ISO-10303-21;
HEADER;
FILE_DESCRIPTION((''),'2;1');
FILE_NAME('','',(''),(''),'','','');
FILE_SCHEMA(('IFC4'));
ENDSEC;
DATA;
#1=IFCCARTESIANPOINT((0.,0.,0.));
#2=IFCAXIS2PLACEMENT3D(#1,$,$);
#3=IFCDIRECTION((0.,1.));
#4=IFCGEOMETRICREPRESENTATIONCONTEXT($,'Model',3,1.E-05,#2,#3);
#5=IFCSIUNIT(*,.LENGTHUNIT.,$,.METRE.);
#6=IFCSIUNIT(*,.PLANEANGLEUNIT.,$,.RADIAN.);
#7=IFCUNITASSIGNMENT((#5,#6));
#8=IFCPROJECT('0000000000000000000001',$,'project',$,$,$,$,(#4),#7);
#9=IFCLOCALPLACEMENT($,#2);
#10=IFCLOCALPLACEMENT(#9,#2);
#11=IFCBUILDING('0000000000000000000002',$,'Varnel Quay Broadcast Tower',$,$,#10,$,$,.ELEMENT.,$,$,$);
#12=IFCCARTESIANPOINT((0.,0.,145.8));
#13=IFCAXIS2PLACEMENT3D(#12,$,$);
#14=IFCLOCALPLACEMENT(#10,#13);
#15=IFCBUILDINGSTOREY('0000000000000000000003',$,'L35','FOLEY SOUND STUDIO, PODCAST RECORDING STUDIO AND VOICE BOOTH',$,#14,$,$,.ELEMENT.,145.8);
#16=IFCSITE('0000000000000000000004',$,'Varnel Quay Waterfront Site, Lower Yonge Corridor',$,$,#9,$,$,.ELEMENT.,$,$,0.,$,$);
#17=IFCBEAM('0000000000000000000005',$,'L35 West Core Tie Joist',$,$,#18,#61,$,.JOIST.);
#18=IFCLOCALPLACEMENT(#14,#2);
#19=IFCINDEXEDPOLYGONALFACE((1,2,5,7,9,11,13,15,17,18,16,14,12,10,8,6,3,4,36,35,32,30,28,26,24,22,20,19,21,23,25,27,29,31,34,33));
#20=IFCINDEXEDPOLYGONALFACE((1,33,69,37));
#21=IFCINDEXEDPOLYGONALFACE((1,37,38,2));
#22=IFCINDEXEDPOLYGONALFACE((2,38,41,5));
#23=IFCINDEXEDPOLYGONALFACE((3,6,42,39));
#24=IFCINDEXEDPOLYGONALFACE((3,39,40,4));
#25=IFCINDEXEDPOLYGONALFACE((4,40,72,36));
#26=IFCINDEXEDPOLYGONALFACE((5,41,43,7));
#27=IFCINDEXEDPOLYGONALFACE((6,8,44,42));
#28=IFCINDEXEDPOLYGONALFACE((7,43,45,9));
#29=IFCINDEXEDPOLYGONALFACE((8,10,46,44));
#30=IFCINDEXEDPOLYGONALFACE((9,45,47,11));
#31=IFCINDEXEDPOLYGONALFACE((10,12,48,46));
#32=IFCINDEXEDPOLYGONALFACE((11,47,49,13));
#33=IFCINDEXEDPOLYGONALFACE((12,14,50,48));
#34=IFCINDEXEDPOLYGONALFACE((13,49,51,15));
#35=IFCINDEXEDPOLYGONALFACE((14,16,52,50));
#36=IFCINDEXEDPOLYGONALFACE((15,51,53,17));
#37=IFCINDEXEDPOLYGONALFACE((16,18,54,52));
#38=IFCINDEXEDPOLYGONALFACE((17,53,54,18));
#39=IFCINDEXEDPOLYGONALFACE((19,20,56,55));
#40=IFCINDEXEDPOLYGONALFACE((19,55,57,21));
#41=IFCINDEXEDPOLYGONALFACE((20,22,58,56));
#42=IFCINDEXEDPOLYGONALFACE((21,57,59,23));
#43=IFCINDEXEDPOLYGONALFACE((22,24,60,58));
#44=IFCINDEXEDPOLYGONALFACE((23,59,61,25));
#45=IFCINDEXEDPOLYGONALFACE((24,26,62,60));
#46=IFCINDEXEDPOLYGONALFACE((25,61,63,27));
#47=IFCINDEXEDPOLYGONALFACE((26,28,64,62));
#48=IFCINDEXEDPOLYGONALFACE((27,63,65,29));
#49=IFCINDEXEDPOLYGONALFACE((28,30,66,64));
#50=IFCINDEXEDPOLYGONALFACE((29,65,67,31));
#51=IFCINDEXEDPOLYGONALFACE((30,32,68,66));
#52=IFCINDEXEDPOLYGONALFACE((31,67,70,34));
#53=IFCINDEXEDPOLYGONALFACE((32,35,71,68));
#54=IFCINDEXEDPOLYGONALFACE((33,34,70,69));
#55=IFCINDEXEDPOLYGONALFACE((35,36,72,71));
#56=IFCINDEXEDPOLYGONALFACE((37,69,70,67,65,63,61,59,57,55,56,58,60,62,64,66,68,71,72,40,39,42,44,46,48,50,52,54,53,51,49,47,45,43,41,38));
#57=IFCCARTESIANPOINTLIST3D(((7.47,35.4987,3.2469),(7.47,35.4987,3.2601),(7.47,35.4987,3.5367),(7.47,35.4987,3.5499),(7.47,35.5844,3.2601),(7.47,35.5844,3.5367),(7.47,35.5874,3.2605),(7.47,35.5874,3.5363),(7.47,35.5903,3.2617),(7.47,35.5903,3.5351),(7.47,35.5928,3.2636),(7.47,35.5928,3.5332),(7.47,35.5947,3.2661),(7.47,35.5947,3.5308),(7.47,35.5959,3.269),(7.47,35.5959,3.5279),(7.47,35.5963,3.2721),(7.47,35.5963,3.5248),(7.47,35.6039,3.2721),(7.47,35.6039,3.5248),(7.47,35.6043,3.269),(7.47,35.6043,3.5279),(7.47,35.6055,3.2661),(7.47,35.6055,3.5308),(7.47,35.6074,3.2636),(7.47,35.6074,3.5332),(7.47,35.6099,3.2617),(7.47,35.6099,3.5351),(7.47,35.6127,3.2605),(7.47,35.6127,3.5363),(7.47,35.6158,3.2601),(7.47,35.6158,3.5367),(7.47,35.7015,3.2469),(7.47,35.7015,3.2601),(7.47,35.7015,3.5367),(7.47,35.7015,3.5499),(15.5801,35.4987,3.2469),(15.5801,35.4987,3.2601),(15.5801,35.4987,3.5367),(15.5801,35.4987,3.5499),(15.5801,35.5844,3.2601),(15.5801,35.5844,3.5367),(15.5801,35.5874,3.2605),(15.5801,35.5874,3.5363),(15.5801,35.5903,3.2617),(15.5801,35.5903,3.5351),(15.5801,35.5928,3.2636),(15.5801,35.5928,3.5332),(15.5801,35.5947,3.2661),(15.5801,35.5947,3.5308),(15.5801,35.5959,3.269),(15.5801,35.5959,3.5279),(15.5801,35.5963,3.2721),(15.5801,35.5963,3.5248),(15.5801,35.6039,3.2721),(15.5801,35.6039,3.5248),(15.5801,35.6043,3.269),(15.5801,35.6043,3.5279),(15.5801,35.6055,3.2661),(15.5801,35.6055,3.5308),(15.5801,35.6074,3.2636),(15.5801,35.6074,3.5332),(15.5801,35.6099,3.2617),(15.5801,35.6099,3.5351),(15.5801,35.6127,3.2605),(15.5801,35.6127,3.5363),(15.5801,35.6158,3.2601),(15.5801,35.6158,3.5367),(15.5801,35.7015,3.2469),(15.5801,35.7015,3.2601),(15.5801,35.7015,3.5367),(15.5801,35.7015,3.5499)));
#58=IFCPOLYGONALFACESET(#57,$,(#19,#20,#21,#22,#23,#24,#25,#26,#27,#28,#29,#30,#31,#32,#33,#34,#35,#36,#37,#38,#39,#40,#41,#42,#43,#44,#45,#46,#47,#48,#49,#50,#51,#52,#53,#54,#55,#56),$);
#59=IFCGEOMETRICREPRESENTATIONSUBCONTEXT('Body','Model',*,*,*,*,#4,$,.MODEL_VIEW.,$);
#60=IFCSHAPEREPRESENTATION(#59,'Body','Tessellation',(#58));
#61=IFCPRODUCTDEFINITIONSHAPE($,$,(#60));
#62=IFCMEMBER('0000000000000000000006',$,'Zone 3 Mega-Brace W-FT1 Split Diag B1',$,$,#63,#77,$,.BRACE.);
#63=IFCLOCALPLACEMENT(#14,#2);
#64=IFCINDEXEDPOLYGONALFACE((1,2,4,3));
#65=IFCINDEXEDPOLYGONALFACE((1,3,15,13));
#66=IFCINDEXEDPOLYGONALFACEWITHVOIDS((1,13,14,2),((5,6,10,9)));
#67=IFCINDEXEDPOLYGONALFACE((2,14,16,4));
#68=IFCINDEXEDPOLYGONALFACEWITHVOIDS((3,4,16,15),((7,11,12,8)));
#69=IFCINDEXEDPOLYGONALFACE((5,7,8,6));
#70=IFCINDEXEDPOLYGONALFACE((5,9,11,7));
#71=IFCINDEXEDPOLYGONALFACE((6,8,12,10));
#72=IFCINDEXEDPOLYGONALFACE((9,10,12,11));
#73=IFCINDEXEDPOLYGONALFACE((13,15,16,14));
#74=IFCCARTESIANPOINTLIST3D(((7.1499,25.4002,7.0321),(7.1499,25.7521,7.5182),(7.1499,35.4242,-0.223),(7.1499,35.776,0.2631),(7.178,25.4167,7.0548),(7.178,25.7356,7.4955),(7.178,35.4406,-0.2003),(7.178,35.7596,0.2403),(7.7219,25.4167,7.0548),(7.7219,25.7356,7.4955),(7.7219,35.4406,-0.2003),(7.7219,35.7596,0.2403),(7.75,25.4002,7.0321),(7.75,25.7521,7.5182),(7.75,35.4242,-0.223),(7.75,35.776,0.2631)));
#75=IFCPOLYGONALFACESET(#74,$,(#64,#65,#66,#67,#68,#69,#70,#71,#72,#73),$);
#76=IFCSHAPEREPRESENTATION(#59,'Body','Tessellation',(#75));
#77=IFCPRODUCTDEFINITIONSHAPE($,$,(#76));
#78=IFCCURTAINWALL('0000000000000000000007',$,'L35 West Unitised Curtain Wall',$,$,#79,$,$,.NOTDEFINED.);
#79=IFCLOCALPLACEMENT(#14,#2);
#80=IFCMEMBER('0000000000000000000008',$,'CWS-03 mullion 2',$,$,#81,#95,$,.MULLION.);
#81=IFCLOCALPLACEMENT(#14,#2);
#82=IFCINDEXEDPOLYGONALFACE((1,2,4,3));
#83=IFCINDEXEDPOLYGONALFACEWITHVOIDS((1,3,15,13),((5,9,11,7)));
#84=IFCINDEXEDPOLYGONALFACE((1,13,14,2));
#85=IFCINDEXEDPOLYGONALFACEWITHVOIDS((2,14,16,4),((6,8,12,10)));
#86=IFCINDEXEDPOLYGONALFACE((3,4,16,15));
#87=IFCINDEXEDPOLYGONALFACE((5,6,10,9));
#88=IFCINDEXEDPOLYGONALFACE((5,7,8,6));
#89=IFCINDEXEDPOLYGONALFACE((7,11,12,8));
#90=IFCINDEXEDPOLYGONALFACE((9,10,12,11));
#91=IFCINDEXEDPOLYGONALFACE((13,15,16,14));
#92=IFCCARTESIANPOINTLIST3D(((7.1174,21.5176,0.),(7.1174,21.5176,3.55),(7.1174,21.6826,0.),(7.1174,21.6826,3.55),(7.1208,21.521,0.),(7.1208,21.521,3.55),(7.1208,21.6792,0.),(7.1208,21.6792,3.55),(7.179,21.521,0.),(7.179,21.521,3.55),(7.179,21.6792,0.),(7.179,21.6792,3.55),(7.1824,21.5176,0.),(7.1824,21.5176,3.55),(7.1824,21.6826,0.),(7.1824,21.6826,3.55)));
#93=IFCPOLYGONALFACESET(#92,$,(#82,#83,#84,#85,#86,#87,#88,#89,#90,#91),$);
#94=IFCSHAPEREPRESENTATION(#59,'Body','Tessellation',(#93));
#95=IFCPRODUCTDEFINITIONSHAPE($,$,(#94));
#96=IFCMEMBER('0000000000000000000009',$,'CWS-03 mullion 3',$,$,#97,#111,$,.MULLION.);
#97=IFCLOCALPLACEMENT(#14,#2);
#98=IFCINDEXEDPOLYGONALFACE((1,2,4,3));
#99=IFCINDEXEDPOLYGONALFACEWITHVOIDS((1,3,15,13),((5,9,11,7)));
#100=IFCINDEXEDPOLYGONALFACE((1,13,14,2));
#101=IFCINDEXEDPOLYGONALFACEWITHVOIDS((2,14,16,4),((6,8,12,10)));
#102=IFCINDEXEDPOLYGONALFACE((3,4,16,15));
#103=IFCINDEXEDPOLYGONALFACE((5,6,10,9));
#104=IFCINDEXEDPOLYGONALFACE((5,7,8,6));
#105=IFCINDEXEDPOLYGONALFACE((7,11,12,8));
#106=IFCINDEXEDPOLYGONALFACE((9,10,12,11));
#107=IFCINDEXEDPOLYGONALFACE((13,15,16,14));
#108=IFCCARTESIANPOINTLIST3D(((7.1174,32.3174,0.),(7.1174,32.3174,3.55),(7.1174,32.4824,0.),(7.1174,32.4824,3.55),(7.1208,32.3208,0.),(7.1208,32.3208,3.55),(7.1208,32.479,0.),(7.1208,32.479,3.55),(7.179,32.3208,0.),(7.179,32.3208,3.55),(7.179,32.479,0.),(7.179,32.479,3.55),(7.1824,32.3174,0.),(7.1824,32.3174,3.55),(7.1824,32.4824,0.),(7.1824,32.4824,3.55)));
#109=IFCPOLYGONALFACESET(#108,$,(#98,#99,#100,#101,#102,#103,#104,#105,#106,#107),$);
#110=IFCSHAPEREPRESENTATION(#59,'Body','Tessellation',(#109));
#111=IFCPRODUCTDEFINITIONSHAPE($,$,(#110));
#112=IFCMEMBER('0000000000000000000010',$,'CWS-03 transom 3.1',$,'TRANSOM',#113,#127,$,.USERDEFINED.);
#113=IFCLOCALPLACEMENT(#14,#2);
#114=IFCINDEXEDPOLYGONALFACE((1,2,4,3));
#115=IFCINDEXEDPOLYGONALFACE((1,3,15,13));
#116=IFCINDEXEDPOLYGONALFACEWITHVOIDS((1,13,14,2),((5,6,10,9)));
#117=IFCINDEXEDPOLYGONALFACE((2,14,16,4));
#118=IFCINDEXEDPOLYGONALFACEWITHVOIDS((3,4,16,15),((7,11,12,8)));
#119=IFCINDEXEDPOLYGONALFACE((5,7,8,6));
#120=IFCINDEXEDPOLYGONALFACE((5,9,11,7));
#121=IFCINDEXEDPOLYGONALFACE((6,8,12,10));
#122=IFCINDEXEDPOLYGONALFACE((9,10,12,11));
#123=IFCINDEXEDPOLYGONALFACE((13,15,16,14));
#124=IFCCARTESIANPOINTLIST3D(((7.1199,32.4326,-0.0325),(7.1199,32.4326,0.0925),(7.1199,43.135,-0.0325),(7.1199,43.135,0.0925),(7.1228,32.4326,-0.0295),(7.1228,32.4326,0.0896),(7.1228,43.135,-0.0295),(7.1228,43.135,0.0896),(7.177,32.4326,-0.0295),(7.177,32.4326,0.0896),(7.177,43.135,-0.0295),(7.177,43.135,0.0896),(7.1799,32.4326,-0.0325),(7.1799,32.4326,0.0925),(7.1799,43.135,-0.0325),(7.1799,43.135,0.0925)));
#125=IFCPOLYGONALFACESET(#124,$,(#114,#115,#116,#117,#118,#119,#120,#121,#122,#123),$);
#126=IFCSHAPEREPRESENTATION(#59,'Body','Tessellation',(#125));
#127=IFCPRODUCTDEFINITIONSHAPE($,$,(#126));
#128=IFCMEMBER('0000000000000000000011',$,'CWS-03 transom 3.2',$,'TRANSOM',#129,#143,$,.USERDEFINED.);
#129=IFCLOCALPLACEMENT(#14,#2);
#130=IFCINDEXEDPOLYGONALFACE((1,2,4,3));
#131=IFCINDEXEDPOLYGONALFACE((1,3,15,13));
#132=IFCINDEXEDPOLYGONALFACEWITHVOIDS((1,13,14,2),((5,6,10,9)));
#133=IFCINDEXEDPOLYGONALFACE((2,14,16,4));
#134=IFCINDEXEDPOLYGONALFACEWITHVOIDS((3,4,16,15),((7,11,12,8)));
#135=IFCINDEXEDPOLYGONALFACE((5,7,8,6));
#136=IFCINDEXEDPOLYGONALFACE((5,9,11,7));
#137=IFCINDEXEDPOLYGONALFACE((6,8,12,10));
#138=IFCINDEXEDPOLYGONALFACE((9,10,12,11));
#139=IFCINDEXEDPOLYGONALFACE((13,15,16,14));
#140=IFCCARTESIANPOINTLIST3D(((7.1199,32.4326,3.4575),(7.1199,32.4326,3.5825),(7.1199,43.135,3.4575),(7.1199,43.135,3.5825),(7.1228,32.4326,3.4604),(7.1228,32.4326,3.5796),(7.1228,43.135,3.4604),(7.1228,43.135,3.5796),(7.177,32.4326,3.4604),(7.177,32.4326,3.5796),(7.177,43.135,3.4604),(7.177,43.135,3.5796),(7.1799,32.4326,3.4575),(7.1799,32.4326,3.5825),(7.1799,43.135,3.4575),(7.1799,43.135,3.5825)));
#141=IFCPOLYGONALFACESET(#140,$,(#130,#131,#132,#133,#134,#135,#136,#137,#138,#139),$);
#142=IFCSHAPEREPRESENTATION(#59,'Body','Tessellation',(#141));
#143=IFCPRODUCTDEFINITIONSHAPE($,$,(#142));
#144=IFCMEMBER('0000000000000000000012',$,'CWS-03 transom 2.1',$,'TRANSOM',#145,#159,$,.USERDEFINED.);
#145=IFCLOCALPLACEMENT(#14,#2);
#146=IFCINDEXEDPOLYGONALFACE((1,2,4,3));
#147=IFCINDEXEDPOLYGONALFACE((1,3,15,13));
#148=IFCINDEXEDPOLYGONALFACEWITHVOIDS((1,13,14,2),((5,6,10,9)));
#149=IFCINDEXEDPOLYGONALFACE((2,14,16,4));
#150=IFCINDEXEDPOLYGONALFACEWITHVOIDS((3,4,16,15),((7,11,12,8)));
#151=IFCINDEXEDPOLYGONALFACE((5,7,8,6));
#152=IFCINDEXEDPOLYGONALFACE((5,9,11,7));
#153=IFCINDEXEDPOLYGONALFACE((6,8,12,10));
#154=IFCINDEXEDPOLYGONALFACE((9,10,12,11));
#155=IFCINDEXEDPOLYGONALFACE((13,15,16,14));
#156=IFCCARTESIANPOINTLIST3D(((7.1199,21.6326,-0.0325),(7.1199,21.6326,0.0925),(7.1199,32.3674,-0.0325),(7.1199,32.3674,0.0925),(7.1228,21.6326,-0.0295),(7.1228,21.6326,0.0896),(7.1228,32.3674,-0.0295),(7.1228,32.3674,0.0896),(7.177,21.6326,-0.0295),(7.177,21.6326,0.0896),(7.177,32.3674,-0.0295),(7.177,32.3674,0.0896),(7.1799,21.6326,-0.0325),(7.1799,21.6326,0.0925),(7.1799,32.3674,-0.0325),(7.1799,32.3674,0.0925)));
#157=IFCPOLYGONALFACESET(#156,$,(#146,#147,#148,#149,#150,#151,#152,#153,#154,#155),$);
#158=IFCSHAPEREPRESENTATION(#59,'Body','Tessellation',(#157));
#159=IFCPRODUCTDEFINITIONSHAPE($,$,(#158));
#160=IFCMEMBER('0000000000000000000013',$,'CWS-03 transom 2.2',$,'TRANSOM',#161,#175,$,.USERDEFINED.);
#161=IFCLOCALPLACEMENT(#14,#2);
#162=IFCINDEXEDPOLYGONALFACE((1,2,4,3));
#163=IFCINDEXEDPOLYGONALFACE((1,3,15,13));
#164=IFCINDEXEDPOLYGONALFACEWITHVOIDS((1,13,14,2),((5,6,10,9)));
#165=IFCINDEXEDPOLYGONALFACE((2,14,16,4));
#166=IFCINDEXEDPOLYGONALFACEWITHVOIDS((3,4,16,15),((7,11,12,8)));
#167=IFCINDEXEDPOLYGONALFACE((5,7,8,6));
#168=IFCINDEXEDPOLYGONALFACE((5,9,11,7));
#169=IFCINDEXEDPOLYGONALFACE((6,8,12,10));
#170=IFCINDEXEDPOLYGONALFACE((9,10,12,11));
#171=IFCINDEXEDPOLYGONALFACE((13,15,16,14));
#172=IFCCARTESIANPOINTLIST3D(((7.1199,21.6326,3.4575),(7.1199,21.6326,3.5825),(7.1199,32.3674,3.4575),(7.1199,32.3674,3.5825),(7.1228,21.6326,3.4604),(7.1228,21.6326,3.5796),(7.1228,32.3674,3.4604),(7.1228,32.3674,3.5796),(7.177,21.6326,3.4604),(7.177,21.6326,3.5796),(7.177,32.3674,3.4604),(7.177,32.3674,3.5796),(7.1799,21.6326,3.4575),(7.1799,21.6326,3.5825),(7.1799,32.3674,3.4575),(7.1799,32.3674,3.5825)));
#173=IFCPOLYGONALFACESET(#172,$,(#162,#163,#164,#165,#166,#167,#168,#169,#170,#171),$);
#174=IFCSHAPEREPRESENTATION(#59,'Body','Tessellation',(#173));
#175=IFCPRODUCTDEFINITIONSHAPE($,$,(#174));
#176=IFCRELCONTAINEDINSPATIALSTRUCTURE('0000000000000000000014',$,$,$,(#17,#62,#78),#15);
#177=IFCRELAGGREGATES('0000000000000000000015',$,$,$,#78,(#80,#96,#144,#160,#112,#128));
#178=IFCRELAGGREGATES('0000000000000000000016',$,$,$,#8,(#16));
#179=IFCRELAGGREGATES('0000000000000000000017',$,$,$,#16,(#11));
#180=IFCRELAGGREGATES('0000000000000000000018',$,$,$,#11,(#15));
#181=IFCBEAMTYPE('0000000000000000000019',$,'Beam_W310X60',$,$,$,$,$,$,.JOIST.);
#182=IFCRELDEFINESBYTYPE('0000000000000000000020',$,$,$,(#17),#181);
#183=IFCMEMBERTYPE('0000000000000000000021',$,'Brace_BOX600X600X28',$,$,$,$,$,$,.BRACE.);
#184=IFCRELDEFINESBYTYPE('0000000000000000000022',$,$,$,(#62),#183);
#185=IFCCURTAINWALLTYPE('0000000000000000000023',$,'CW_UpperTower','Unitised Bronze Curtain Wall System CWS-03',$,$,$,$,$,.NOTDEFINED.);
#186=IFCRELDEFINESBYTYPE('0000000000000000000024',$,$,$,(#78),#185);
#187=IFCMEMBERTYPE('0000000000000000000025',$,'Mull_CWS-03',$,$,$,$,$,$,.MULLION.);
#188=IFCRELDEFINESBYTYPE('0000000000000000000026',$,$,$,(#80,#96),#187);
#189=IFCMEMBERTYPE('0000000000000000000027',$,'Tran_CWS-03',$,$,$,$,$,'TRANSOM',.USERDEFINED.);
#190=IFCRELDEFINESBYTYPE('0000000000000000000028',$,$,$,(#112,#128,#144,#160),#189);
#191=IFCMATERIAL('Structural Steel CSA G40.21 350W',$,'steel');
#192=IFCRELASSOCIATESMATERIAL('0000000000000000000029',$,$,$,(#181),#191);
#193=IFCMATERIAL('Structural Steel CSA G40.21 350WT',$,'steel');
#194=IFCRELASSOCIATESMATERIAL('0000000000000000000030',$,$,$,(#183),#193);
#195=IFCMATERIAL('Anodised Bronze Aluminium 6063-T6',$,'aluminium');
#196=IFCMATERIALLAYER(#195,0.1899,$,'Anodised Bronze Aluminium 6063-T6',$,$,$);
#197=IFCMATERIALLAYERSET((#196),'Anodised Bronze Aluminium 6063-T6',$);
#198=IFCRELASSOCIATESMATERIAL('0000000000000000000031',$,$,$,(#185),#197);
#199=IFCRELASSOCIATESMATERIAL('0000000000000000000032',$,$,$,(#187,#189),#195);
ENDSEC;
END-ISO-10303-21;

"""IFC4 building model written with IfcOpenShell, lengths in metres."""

from ifc_helpers import new_model, si_unit, direction, frame, origin, origin_2d, place, context, subcontext, project, spatial, hollow_rectangle, i_section, extrude, source, transform, mapped, material, layer, layer_set, material_profile, profile_set, type_object, type_shapes, element, aggregate, save


model = new_model("IFC4")

# Units and contexts
model_context = context("Model", 3, precision=1e-05, world=origin(), true_north=direction((0.0, 1.0)))
body_context = subcontext(model_context, "Body", "Model", "MODEL_VIEW")
ifc_project = project(units=[si_unit("LENGTHUNIT", "METRE"), si_unit("PLANEANGLEUNIT", "RADIAN")], contexts=[model_context])

# Site, building, storey
site_placement = place(None, origin())
site = spatial("IfcSite", under=ifc_project, at=site_placement, Name="Varnel Quay Waterfront Site, Lower Yonge Corridor", CompositionType="ELEMENT", RefElevation=0.0)
building_placement = place(site_placement, origin())
building = spatial("IfcBuilding", under=site, at=building_placement, Name="Varnel Quay Broadcast Tower", CompositionType="ELEMENT")
storey_placement = place(building_placement, frame((0.0, 0.0, 145.8)))
storey = spatial("IfcBuildingStorey", under=building, at=storey_placement, Name="L35", Description="FOLEY SOUND STUDIO, PODCAST RECORDING STUDIO AND VOICE BOOTH", CompositionType="ELEMENT", Elevation=145.8)

# Shared definitions
ifc_material_1 = material(Name="Structural Steel CSA G40.21 350W", Category="steel")

# Beam
ifc_material_profile_1 = material_profile(ifc_material_1, i_section(OverallWidth=0.2029, OverallDepth=0.303, WebThickness=0.0076, FlangeThickness=0.0132, FilletRadius=0.012, at=origin_2d()), Name="W310X60")
ifc_profile_set_1 = profile_set([ifc_material_profile_1], Name="Structural Steel CSA G40.21 350W")
beam_type_1 = type_object("IfcBeamType", Name="Beam_W310X60", PredefinedType="JOIST", material=ifc_profile_set_1)
shared_shape_1 = source(origin(), body_context, "Body", "SweptSolid", [
    extrude(i_section(OverallWidth=0.2029, OverallDepth=0.303, WebThickness=0.0076, FlangeThickness=0.0132, FilletRadius=0.012, at=origin_2d()), origin(), (0.0, 0.0, 1.0), 8.1101),
])
type_shapes(beam_type_1, [shared_shape_1])
beam_1_placement = place(storey_placement, frame((7.47, 35.6001, 3.3984), z_axis=(1.0, 0.0, 0.0), x_axis=(0.0, 1.0, 0.0)))
element("IfcBeam", 1, at=beam_1_placement, inside=storey, type_object=beam_type_1, Name="L35 West Core Tie Joist", PredefinedType="JOIST", context=body_context, shape_type="MappedRepresentation", body=[
    mapped(shared_shape_1, transform((0.0, 0.0, 0.0), x_axis=(1.0, 0.0, 0.0), y_axis=(0.0, 1.0, 0.0), z_axis=(0.0, 0.0, 1.0), scale=1.0)),
])

# Member
ifc_material_2 = material(Name="Structural Steel CSA G40.21 350WT", Category="steel")
ifc_material_profile_2 = material_profile(ifc_material_2, hollow_rectangle(XDim=0.6001, YDim=0.6001, WallThickness=0.0281, at=origin_2d()), Name="BOX600X600X28")
ifc_profile_set_2 = profile_set([ifc_material_profile_2], Name="Structural Steel CSA G40.21 350WT")
member_type_1 = type_object("IfcMemberType", Name="Brace_BOX600X600X28", PredefinedType="BRACE", material=ifc_profile_set_2)
shared_shape_2 = source(origin(), body_context, "Body", "SweptSolid", [
    extrude(hollow_rectangle(XDim=0.6001, YDim=0.6001, WallThickness=0.0281, at=origin_2d()), origin(), (0.0, 0.0, 1.0), 12.374),
])
type_shapes(member_type_1, [shared_shape_2])
member_1_placement = place(storey_placement, frame((7.45, 35.6001, 0.02), z_axis=(0.0, -0.810079, 0.58632), x_axis=(1.0, 0.0, 0.0)))
element("IfcMember", 2, at=member_1_placement, inside=storey, type_object=member_type_1, Name="Zone 3 Mega-Brace W-FT1 Split Diag B1", PredefinedType="BRACE", context=body_context, shape_type="MappedRepresentation", body=[
    mapped(shared_shape_2, transform((0.0, 0.0, 0.0), x_axis=(1.0, 0.0, 0.0), y_axis=(0.0, 1.0, 0.0), z_axis=(0.0, 0.0, 1.0), scale=1.0)),
])

# Curtain wall, members
ifc_material_3 = material(Name="Anodised Bronze Aluminium 6063-T6", Category="aluminium")
ifc_layer_1 = layer(ifc_material_3, 0.1899, Name="Anodised Bronze Aluminium 6063-T6")
ifc_layer_set_1 = layer_set([ifc_layer_1], Name="Anodised Bronze Aluminium 6063-T6")
curtain_wall_type = type_object("IfcCurtainWallType", Name="CW_UpperTower", Description="Unitised Bronze Curtain Wall System CWS-03", PredefinedType="NOTDEFINED", material=ifc_layer_set_1)
curtain_wall_placement = place(storey_placement, origin())
curtain_wall = element("IfcCurtainWall", 3, at=curtain_wall_placement, inside=storey, type_object=curtain_wall_type, Name="L35 West Unitised Curtain Wall", PredefinedType="NOTDEFINED")
ifc_material_profile_3 = material_profile(ifc_material_3, hollow_rectangle(XDim=0.0649, YDim=0.165, WallThickness=0.0034, at=origin_2d()), Name="ALU65X165X3.5")
ifc_profile_set_3 = profile_set([ifc_material_profile_3], Name="Anodised Bronze Aluminium 6063-T6")
member_type_2 = type_object("IfcMemberType", Name="Mull_CWS-03", PredefinedType="MULLION", material=ifc_profile_set_3)
shared_shape_3 = source(origin(), body_context, "Body", "SweptSolid", [
    extrude(hollow_rectangle(XDim=0.0649, YDim=0.165, WallThickness=0.0034, at=origin_2d()), origin(), (0.0, 0.0, 1.0), 3.55),
])
type_shapes(member_type_2, [shared_shape_3])
member_2_placement = place(storey_placement, frame((7.1499, 21.6001, 0.0), z_axis=(0.0, 0.0, 1.0), x_axis=(-1.0, 0.0, 0.0)))
member_2 = element("IfcMember", 4, at=member_2_placement, type_object=member_type_2, Name="CWS-03 mullion 2", PredefinedType="MULLION", context=body_context, shape_type="MappedRepresentation", body=[
    mapped(shared_shape_3, transform((0.0, 0.0, 0.0), x_axis=(1.0, 0.0, 0.0), y_axis=(0.0, 1.0, 0.0), z_axis=(0.0, 0.0, 1.0), scale=1.0)),
])
member_3_placement = place(storey_placement, frame((7.1499, 32.3999, 0.0), z_axis=(0.0, 0.0, 1.0), x_axis=(-1.0, 0.0, 0.0)))
member_3 = element("IfcMember", 5, at=member_3_placement, type_object=member_type_2, Name="CWS-03 mullion 3", PredefinedType="MULLION", context=body_context, shape_type="MappedRepresentation", body=[
    mapped(shared_shape_3, transform((0.0, 0.0, 0.0), x_axis=(1.0, 0.0, 0.0), y_axis=(0.0, 1.0, 0.0), z_axis=(0.0, 0.0, 1.0), scale=1.0)),
])
ifc_material_profile_4 = material_profile(ifc_material_3, hollow_rectangle(XDim=0.0601, YDim=0.125, WallThickness=0.0029, at=origin_2d()), Name="ALU60X125X3")
ifc_profile_set_4 = profile_set([ifc_material_profile_4], Name="Anodised Bronze Aluminium 6063-T6")
member_type_3 = type_object("IfcMemberType", Name="Tran_CWS-03", ElementType="TRANSOM", PredefinedType="USERDEFINED", material=ifc_profile_set_4)
shared_shape_4 = source(origin(), body_context, "Body", "SweptSolid", [
    extrude(hollow_rectangle(XDim=0.0601, YDim=0.125, WallThickness=0.0029, at=origin_2d()), origin(), (0.0, 0.0, 1.0), 10.7024),
])
member_4_placement = place(storey_placement, frame((7.1499, 32.4326, 0.03), z_axis=(0.0, 1.0, 0.0), x_axis=(-1.0, 0.0, 0.0)))
member_4 = element("IfcMember", 6, at=member_4_placement, type_object=member_type_3, Name="CWS-03 transom 3.1", ObjectType="TRANSOM", PredefinedType="USERDEFINED", context=body_context, shape_type="MappedRepresentation", body=[
    mapped(shared_shape_4, transform((0.0, 0.0, 0.0), x_axis=(1.0, 0.0, 0.0), y_axis=(0.0, 1.0, 0.0), z_axis=(0.0, 0.0, 1.0), scale=1.0)),
])
member_5_placement = place(storey_placement, frame((7.1499, 32.4326, 3.52), z_axis=(0.0, 1.0, 0.0), x_axis=(-1.0, 0.0, 0.0)))
member_5 = element("IfcMember", 7, at=member_5_placement, type_object=member_type_3, Name="CWS-03 transom 3.2", ObjectType="TRANSOM", PredefinedType="USERDEFINED", context=body_context, shape_type="MappedRepresentation", body=[
    mapped(shared_shape_4, transform((0.0, 0.0, 0.0), x_axis=(1.0, 0.0, 0.0), y_axis=(0.0, 1.0, 0.0), z_axis=(0.0, 0.0, 1.0), scale=1.0)),
])
shared_shape_5 = source(origin(), body_context, "Body", "SweptSolid", [
    extrude(hollow_rectangle(XDim=0.0601, YDim=0.125, WallThickness=0.0029, at=origin_2d()), origin(), (0.0, 0.0, 1.0), 10.7349),
])
type_shapes(member_type_3, [shared_shape_4, shared_shape_5])
member_6_placement = place(storey_placement, frame((7.1499, 21.6326, 0.03), z_axis=(0.0, 1.0, 0.0), x_axis=(-1.0, 0.0, 0.0)))
member_6 = element("IfcMember", 8, at=member_6_placement, type_object=member_type_3, Name="CWS-03 transom 2.1", ObjectType="TRANSOM", PredefinedType="USERDEFINED", context=body_context, shape_type="MappedRepresentation", body=[
    mapped(shared_shape_5, transform((0.0, 0.0, 0.0), x_axis=(1.0, 0.0, 0.0), y_axis=(0.0, 1.0, 0.0), z_axis=(0.0, 0.0, 1.0), scale=1.0)),
])
member_7_placement = place(storey_placement, frame((7.1499, 21.6326, 3.52), z_axis=(0.0, 1.0, 0.0), x_axis=(-1.0, 0.0, 0.0)))
member_7 = element("IfcMember", 9, at=member_7_placement, type_object=member_type_3, Name="CWS-03 transom 2.2", ObjectType="TRANSOM", PredefinedType="USERDEFINED", context=body_context, shape_type="MappedRepresentation", body=[
    mapped(shared_shape_5, transform((0.0, 0.0, 0.0), x_axis=(1.0, 0.0, 0.0), y_axis=(0.0, 1.0, 0.0), z_axis=(0.0, 0.0, 1.0), scale=1.0)),
])

aggregate(curtain_wall, [member_2, member_3, member_6, member_7, member_4, member_5])

save(model, "model.ifc")
